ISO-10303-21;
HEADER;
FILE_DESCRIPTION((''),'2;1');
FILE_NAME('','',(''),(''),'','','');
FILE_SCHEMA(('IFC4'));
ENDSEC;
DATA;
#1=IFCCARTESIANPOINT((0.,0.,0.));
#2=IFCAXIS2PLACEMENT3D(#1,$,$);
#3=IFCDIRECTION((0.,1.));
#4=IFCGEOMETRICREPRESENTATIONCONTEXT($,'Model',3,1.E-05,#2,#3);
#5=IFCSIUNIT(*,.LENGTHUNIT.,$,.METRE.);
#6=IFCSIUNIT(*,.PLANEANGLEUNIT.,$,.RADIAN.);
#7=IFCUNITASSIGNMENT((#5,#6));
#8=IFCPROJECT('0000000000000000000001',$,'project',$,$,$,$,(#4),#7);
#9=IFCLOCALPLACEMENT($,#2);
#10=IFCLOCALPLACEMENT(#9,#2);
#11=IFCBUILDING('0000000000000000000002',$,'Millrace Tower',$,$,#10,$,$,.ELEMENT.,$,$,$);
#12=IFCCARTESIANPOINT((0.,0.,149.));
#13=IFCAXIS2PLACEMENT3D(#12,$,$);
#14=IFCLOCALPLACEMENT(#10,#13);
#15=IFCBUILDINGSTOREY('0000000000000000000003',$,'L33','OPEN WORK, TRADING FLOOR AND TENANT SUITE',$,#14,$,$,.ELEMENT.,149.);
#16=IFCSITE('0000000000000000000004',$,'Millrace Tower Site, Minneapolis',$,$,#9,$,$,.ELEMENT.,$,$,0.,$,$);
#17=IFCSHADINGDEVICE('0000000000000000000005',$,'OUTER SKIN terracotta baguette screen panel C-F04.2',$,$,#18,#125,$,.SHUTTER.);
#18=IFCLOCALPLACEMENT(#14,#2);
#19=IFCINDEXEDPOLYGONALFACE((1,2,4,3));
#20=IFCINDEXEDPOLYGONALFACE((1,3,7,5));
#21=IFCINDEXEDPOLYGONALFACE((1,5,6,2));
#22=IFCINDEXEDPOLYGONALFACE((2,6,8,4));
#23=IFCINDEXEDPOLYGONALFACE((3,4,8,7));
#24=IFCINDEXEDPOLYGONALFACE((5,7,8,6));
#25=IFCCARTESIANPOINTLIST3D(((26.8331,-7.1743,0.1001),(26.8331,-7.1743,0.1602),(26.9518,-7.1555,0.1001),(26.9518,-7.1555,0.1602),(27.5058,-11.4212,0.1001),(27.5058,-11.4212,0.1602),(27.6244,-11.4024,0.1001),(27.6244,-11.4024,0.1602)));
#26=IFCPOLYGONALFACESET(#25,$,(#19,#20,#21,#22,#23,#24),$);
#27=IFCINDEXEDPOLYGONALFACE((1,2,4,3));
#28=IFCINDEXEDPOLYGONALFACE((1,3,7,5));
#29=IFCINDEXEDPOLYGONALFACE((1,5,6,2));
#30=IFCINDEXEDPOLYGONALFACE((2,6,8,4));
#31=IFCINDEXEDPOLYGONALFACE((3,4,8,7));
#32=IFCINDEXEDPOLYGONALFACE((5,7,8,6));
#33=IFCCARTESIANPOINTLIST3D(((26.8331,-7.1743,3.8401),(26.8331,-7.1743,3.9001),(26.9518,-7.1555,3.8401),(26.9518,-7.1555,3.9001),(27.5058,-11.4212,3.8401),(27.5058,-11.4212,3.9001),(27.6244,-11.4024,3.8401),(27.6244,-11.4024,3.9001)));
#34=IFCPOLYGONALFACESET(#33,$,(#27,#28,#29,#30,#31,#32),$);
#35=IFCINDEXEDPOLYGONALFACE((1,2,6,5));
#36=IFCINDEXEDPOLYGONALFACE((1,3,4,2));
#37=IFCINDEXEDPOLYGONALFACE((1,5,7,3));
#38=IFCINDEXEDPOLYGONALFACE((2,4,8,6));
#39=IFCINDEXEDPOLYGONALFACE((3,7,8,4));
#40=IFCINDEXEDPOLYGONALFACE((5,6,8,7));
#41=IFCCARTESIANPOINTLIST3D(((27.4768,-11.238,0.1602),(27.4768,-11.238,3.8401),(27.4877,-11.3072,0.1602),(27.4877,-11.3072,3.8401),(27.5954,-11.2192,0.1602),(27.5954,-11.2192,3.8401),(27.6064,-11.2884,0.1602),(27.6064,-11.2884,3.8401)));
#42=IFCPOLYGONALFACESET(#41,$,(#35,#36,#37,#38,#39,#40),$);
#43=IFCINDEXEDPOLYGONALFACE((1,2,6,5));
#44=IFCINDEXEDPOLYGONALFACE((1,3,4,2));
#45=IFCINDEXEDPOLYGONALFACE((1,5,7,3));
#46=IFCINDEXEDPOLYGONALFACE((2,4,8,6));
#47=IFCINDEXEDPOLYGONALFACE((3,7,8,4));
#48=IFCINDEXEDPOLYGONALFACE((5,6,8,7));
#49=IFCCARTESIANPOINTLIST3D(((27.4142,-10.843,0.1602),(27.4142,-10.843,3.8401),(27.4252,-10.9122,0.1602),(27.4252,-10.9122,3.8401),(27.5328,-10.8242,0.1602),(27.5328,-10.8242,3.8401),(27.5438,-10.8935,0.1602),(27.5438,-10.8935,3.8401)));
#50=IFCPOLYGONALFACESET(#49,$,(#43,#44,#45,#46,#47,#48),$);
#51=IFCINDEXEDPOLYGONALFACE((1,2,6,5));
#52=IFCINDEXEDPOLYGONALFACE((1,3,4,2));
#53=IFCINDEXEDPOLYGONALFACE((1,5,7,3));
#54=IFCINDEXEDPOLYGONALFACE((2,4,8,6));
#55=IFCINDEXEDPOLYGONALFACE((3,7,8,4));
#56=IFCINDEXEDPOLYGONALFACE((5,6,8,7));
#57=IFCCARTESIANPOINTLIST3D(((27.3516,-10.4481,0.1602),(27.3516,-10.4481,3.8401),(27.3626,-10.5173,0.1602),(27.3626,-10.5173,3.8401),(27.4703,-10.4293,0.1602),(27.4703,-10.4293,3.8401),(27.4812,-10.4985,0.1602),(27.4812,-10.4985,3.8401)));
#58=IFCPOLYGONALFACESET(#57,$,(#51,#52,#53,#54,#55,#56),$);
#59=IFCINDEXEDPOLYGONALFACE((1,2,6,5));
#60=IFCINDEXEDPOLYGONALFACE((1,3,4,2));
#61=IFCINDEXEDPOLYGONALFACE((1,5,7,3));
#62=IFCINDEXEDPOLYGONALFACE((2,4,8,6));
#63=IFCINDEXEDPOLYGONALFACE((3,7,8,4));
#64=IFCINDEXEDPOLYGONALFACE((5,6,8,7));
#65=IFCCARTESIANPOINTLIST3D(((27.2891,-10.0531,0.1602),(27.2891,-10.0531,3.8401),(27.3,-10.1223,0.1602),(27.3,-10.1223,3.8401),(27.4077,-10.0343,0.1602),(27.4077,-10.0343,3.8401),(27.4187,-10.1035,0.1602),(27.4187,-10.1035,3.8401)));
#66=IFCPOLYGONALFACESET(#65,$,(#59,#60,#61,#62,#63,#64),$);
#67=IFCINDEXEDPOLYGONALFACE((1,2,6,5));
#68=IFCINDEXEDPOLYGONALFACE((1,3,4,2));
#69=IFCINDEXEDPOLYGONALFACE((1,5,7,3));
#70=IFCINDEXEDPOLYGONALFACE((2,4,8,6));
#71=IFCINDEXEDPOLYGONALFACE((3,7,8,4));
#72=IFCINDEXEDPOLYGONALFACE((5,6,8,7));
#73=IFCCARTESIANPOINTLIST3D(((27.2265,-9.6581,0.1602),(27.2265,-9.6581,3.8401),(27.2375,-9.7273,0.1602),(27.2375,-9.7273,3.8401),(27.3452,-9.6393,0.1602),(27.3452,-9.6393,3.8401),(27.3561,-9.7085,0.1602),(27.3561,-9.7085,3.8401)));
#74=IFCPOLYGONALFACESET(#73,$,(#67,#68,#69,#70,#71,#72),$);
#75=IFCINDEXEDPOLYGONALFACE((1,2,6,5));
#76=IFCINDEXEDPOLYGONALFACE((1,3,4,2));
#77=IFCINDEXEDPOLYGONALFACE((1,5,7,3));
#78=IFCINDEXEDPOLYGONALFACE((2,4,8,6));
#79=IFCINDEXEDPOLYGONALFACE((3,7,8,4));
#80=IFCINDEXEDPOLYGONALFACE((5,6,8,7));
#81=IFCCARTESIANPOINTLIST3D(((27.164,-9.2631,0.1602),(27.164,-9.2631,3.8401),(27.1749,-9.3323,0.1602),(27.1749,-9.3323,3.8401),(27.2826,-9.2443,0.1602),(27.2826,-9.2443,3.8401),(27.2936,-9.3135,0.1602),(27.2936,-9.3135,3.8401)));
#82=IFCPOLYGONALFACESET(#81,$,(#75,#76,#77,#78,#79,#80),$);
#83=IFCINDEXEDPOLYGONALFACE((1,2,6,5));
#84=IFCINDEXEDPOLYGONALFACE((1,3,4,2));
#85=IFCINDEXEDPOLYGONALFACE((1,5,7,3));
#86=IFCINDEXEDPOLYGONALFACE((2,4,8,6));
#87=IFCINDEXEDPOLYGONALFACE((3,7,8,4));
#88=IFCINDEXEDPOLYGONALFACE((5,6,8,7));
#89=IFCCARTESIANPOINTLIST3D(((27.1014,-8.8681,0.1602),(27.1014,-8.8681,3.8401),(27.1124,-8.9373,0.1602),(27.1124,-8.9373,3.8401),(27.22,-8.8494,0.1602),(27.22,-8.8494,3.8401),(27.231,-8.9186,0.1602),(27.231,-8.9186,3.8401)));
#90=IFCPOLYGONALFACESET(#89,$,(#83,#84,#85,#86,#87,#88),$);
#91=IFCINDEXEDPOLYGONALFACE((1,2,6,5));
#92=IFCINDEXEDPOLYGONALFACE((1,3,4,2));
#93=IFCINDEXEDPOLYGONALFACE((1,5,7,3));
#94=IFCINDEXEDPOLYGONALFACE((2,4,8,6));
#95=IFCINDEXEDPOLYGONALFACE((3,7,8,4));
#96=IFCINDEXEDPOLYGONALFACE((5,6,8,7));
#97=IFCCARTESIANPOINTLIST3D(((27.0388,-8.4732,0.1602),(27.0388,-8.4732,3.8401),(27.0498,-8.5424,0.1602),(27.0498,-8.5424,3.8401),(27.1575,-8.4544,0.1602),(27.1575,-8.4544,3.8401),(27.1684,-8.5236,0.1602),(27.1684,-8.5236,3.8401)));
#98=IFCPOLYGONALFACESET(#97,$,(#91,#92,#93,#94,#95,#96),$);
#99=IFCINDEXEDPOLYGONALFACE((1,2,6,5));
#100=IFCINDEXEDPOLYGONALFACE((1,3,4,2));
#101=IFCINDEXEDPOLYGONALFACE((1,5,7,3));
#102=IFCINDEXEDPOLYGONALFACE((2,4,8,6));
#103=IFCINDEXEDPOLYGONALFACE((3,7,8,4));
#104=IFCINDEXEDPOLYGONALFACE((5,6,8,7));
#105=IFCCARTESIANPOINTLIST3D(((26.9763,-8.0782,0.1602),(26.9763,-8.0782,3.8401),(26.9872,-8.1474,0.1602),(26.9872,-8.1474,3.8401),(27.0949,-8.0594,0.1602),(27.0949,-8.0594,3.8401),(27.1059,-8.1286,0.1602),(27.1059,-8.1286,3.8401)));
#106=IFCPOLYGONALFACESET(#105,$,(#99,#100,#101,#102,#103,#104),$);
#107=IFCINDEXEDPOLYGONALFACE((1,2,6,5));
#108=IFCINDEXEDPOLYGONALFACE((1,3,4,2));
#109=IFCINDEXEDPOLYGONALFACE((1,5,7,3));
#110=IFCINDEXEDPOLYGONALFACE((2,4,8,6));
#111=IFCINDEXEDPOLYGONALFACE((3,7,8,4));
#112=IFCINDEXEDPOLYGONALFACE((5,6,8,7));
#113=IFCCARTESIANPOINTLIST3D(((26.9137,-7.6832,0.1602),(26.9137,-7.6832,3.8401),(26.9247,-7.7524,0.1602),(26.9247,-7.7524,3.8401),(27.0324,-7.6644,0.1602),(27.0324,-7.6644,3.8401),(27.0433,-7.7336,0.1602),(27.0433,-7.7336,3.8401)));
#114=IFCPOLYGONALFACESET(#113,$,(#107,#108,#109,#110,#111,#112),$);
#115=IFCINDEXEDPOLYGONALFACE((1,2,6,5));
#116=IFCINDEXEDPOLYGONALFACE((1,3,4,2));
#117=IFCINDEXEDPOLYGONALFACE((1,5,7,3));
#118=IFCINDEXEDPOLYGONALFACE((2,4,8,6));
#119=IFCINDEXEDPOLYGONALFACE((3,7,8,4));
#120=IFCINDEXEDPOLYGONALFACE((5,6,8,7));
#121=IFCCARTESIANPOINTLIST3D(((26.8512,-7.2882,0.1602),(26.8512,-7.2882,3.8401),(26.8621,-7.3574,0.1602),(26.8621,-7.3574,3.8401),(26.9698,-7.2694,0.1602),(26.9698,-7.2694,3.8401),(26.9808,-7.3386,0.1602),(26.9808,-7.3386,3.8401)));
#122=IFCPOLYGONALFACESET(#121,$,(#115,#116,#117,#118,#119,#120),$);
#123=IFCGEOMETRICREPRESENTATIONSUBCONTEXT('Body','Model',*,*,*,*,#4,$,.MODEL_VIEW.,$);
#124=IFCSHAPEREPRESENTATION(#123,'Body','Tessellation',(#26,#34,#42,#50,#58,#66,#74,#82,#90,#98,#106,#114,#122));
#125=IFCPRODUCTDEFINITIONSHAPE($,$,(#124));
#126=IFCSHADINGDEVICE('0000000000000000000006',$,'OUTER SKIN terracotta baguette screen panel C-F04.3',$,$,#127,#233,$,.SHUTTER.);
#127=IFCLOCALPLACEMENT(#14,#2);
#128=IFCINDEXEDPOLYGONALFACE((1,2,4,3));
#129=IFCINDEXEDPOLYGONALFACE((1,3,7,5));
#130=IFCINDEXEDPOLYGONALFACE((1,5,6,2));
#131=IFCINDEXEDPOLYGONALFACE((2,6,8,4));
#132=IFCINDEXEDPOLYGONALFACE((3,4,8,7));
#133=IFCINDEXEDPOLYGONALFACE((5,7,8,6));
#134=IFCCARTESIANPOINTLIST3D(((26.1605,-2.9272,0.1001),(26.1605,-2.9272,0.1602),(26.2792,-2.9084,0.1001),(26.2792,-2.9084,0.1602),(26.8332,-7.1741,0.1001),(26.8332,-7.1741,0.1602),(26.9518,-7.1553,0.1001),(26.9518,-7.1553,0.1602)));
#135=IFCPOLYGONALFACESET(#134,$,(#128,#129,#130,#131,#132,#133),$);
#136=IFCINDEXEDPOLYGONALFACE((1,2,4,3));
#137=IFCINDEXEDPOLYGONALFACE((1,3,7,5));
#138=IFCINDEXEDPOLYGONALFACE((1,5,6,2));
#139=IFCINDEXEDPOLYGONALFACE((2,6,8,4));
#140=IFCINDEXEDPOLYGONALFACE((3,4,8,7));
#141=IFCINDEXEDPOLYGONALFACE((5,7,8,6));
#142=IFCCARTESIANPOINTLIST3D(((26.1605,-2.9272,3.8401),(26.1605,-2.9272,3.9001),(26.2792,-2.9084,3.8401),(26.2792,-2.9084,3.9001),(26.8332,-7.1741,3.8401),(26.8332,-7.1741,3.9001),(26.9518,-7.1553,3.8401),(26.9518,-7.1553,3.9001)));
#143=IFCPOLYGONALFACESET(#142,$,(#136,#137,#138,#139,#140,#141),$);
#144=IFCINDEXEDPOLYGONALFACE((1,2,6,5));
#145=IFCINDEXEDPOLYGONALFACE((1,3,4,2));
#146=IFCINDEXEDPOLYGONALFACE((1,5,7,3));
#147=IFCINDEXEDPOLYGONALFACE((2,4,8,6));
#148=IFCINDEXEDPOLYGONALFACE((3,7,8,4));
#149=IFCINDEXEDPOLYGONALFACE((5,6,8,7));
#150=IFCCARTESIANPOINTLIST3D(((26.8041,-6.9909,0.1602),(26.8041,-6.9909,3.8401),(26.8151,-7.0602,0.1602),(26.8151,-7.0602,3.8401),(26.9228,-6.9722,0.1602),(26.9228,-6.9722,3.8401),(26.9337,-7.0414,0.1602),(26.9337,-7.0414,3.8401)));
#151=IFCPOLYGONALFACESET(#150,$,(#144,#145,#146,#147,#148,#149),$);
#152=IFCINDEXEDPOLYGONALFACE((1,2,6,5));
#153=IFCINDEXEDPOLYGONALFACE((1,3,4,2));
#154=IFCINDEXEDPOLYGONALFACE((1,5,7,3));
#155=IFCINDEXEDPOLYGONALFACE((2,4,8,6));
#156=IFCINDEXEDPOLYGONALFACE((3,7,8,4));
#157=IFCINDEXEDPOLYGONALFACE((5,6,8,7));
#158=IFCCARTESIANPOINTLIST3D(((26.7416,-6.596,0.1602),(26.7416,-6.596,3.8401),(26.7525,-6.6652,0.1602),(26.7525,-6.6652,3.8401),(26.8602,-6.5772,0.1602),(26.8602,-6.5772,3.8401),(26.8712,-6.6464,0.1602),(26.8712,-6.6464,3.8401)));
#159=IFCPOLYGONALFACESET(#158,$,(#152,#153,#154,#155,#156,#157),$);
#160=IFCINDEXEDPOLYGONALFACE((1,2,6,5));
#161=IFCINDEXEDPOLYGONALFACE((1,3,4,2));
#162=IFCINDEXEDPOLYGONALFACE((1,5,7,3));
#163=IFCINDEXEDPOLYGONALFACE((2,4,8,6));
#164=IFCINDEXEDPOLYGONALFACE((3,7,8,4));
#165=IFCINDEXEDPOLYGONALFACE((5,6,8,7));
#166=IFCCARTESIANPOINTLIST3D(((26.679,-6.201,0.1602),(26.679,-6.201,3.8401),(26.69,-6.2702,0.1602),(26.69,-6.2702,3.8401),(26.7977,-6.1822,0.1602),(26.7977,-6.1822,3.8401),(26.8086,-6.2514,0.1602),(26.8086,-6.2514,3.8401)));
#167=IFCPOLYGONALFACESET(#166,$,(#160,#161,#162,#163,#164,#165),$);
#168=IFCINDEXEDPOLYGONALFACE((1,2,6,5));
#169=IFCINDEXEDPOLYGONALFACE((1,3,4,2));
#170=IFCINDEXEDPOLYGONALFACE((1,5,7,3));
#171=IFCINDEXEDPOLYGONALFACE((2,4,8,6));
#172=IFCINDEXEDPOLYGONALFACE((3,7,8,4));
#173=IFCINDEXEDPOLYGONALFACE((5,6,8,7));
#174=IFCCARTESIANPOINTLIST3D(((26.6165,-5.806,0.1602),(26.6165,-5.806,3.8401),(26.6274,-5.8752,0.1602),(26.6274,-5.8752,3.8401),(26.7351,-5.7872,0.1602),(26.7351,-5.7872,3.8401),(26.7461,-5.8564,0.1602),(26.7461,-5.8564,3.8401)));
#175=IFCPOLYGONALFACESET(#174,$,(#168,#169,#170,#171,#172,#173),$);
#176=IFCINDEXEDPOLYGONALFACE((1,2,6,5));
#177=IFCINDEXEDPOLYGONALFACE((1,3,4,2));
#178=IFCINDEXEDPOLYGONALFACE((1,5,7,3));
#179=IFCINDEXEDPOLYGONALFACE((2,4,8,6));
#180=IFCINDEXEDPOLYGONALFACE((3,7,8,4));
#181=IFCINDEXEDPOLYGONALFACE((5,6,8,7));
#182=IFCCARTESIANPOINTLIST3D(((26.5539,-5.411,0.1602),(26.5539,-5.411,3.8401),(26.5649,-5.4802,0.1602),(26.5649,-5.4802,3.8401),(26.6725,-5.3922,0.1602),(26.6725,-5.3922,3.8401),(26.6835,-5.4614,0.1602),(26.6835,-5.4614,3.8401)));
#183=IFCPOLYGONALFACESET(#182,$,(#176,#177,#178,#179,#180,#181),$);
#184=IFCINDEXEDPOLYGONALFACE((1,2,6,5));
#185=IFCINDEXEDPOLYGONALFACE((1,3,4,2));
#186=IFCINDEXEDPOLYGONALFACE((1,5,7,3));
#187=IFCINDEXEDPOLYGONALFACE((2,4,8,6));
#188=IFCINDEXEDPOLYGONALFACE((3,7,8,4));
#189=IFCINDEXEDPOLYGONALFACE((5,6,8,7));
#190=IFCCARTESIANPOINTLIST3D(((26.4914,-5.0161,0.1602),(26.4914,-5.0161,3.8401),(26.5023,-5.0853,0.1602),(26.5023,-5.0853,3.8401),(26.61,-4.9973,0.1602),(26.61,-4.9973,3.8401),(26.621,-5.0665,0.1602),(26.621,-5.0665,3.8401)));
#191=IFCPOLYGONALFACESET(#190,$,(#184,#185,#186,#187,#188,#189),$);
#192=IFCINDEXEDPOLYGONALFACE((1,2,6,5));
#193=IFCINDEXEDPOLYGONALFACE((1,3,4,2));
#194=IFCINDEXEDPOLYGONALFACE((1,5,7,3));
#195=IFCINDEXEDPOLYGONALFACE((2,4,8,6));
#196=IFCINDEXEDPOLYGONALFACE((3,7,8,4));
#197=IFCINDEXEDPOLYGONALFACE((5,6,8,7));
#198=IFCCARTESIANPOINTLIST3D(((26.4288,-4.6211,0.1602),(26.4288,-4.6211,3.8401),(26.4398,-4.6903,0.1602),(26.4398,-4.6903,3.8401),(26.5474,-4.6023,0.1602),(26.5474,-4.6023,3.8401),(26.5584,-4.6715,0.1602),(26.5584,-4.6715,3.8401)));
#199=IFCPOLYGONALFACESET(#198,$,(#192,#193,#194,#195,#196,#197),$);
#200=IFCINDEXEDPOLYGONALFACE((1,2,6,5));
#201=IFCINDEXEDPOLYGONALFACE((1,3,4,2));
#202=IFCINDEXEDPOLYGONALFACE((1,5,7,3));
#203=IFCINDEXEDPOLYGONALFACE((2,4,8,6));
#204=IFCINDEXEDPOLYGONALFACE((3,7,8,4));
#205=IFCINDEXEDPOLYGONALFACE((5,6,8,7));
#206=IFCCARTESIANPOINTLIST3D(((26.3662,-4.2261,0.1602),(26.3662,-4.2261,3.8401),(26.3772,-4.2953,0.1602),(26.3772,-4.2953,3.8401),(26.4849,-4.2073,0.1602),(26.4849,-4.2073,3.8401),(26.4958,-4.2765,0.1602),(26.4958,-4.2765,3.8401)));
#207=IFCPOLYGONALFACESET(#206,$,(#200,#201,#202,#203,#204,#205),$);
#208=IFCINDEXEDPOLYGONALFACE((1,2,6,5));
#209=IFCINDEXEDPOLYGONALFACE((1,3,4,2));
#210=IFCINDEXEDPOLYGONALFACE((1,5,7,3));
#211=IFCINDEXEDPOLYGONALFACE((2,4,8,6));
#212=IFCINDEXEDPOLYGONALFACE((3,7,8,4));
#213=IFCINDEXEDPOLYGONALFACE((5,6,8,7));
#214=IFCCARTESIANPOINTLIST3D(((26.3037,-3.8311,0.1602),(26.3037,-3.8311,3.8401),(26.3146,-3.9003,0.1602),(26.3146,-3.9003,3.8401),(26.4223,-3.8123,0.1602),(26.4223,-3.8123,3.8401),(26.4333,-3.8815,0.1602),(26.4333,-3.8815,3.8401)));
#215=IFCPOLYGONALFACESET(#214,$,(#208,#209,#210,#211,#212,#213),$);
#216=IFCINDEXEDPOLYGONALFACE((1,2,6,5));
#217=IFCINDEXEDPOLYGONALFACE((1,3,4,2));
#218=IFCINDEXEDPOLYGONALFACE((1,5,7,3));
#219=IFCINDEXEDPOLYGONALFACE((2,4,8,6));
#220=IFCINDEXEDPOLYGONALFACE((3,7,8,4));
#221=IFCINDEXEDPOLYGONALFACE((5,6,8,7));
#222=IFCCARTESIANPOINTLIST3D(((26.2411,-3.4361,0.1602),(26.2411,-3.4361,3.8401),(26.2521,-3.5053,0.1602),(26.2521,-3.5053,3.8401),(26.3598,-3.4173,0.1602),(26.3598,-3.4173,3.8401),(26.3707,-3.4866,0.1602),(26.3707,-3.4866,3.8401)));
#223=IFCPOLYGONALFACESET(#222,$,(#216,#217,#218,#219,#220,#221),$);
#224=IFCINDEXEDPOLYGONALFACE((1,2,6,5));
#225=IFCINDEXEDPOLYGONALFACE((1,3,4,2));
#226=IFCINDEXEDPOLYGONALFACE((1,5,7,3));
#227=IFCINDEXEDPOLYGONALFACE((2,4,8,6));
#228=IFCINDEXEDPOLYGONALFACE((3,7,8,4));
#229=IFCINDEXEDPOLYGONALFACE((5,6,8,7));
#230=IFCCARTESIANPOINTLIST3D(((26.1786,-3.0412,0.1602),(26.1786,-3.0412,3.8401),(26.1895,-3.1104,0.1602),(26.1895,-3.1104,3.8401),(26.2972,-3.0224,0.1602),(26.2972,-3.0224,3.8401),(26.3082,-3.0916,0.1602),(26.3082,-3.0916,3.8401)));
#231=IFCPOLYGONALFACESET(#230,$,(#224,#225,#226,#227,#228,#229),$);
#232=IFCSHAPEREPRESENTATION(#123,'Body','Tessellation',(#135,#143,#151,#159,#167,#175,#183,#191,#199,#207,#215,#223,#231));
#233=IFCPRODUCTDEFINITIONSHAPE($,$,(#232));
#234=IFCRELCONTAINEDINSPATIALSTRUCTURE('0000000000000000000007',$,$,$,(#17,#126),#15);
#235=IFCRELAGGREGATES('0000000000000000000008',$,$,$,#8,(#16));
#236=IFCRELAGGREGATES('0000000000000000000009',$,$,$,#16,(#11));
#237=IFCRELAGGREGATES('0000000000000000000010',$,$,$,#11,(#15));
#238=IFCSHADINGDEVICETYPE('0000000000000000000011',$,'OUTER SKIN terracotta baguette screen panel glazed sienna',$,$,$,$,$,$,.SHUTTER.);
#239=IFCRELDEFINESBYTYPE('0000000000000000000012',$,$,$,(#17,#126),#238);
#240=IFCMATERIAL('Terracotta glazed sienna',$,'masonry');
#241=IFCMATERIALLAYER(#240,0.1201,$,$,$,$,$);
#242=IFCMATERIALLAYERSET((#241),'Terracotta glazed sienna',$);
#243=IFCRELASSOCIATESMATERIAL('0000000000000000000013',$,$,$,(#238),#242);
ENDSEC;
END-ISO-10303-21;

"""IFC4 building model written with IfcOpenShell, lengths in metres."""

from ifc_helpers import new_model, entity, si_unit, direction, frame, frame_2d, origin, origin_2d, place, context, subcontext, project, spatial, rectangle, extrude, source, transform, mapped, material, layer, layer_set, type_object, element, save


model = new_model("IFC4")

# Units and contexts
model_context = context("Model", 3, precision=1e-05, world=origin(), true_north=direction((0.0, 1.0)))
body_context = subcontext(model_context, "Body", "Model", "MODEL_VIEW")
ifc_project = project(units=[si_unit("LENGTHUNIT", "METRE"), si_unit("PLANEANGLEUNIT", "RADIAN")], contexts=[model_context])

# Site, building, storey
site_placement = place(None, origin())
site = spatial("IfcSite", under=ifc_project, at=site_placement, Name="Millrace Tower Site, Minneapolis", CompositionType="ELEMENT", RefElevation=0.0)
building_placement = place(site_placement, origin())
building = spatial("IfcBuilding", under=site, at=building_placement, Name="Millrace Tower", CompositionType="ELEMENT")
storey_placement = place(building_placement, frame((0.0, 0.0, 149.0)))
storey = spatial("IfcBuildingStorey", under=building, at=storey_placement, Name="L33", Description="OPEN WORK, TRADING FLOOR AND TENANT SUITE", CompositionType="ELEMENT", Elevation=149.0)

# Shading devices
ifc_material_1 = material(Name="Terracotta glazed sienna", Category="masonry")
ifc_layer_1 = layer(ifc_material_1, 0.1201)
ifc_layer_set_1 = layer_set([ifc_layer_1], Name="Terracotta glazed sienna")
shading_device_type = type_object("IfcShadingDeviceType", Name="OUTER SKIN terracotta baguette screen panel glazed sienna", PredefinedType="SHUTTER", material=ifc_layer_set_1)
cartesian_point = entity("IfcCartesianPoint", [-2.1499, 0.0601])
shared_polyline = entity("IfcPolyline", [cartesian_point, entity("IfcCartesianPoint", [2.1499, 0.0601]), entity("IfcCartesianPoint", [2.1499, -0.0601]), entity("IfcCartesianPoint", [-2.1499, -0.0601]), cartesian_point])
shared_shape = source(origin(), body_context, "Body", "SweptSolid", [
    entity("IfcExtrudedAreaSolid", entity("IfcArbitraryClosedProfileDef", "AREA", None, shared_polyline), entity("IfcAxis2Placement3D", entity("IfcCartesianPoint", [0.0, 0.0, 0.0])), entity("IfcDirection", [0.0, 0.0, 1.0]), 0.0601),
    entity("IfcExtrudedAreaSolid", entity("IfcArbitraryClosedProfileDef", "AREA", None, shared_polyline), entity("IfcAxis2Placement3D", entity("IfcCartesianPoint", [0.0, 0.0, 3.74])), entity("IfcDirection", [0.0, 0.0, 1.0]), 0.0601),
    extrude(rectangle(XDim=0.0701, YDim=0.1201, at=frame_2d((-1.9995, 0.0))), frame((0.0, 0.0, 0.0601)), (0.0, 0.0, 1.0), 3.6799),
    extrude(rectangle(XDim=0.0701, YDim=0.1201, at=frame_2d((-1.5996, 0.0))), frame((0.0, 0.0, 0.0601)), (0.0, 0.0, 1.0), 3.6799),
    extrude(rectangle(XDim=0.0701, YDim=0.1201, at=frame_2d((-1.1997, 0.0))), frame((0.0, 0.0, 0.0601)), (0.0, 0.0, 1.0), 3.6799),
    extrude(rectangle(XDim=0.0701, YDim=0.1201, at=frame_2d((-0.7998, 0.0))), frame((0.0, 0.0, 0.0601)), (0.0, 0.0, 1.0), 3.6799),
    extrude(rectangle(XDim=0.0701, YDim=0.1201, at=frame_2d((-0.3999, 0.0))), frame((0.0, 0.0, 0.0601)), (0.0, 0.0, 1.0), 3.6799),
    extrude(rectangle(XDim=0.0701, YDim=0.1201, at=origin_2d()), frame((0.0, 0.0, 0.0601)), (0.0, 0.0, 1.0), 3.6799),
    extrude(rectangle(XDim=0.0701, YDim=0.1201, at=frame_2d((0.3999, 0.0))), frame((0.0, 0.0, 0.0601)), (0.0, 0.0, 1.0), 3.6799),
    extrude(rectangle(XDim=0.0701, YDim=0.1201, at=frame_2d((0.7998, 0.0))), frame((0.0, 0.0, 0.0601)), (0.0, 0.0, 1.0), 3.6799),
    extrude(rectangle(XDim=0.0701, YDim=0.1201, at=frame_2d((1.1997, 0.0))), frame((0.0, 0.0, 0.0601)), (0.0, 0.0, 1.0), 3.6799),
    extrude(rectangle(XDim=0.0701, YDim=0.1201, at=frame_2d((1.5996, 0.0))), frame((0.0, 0.0, 0.0601)), (0.0, 0.0, 1.0), 3.6799),
    extrude(rectangle(XDim=0.0701, YDim=0.1201, at=frame_2d((1.9995, 0.0))), frame((0.0, 0.0, 0.0601)), (0.0, 0.0, 1.0), 3.6799),
])
for number, where, z_axis, x_axis, name in (
    (1, (27.2288, -9.2883, 0.1001), (0.0, 0.0, 1.0), (-0.156434, 0.987688, 0.0), "OUTER SKIN terracotta baguette screen panel C-F04.2"),
    (2, (26.5562, -5.0413, 0.1001), (0.0, 0.0, 1.0), (-0.156434, 0.987688, 0.0), "OUTER SKIN terracotta baguette screen panel C-F04.3"),
):
    element("IfcShadingDevice", number, at=place(storey_placement, frame(where, z_axis=z_axis, x_axis=x_axis)), inside=storey, type_object=shading_device_type, Name=name, PredefinedType="SHUTTER", context=body_context, shape_type="MappedRepresentation", body=[
        mapped(shared_shape, transform((0.0, 0.0, 0.0), scale=1.0)),
    ])

save(model, "model.ifc")
